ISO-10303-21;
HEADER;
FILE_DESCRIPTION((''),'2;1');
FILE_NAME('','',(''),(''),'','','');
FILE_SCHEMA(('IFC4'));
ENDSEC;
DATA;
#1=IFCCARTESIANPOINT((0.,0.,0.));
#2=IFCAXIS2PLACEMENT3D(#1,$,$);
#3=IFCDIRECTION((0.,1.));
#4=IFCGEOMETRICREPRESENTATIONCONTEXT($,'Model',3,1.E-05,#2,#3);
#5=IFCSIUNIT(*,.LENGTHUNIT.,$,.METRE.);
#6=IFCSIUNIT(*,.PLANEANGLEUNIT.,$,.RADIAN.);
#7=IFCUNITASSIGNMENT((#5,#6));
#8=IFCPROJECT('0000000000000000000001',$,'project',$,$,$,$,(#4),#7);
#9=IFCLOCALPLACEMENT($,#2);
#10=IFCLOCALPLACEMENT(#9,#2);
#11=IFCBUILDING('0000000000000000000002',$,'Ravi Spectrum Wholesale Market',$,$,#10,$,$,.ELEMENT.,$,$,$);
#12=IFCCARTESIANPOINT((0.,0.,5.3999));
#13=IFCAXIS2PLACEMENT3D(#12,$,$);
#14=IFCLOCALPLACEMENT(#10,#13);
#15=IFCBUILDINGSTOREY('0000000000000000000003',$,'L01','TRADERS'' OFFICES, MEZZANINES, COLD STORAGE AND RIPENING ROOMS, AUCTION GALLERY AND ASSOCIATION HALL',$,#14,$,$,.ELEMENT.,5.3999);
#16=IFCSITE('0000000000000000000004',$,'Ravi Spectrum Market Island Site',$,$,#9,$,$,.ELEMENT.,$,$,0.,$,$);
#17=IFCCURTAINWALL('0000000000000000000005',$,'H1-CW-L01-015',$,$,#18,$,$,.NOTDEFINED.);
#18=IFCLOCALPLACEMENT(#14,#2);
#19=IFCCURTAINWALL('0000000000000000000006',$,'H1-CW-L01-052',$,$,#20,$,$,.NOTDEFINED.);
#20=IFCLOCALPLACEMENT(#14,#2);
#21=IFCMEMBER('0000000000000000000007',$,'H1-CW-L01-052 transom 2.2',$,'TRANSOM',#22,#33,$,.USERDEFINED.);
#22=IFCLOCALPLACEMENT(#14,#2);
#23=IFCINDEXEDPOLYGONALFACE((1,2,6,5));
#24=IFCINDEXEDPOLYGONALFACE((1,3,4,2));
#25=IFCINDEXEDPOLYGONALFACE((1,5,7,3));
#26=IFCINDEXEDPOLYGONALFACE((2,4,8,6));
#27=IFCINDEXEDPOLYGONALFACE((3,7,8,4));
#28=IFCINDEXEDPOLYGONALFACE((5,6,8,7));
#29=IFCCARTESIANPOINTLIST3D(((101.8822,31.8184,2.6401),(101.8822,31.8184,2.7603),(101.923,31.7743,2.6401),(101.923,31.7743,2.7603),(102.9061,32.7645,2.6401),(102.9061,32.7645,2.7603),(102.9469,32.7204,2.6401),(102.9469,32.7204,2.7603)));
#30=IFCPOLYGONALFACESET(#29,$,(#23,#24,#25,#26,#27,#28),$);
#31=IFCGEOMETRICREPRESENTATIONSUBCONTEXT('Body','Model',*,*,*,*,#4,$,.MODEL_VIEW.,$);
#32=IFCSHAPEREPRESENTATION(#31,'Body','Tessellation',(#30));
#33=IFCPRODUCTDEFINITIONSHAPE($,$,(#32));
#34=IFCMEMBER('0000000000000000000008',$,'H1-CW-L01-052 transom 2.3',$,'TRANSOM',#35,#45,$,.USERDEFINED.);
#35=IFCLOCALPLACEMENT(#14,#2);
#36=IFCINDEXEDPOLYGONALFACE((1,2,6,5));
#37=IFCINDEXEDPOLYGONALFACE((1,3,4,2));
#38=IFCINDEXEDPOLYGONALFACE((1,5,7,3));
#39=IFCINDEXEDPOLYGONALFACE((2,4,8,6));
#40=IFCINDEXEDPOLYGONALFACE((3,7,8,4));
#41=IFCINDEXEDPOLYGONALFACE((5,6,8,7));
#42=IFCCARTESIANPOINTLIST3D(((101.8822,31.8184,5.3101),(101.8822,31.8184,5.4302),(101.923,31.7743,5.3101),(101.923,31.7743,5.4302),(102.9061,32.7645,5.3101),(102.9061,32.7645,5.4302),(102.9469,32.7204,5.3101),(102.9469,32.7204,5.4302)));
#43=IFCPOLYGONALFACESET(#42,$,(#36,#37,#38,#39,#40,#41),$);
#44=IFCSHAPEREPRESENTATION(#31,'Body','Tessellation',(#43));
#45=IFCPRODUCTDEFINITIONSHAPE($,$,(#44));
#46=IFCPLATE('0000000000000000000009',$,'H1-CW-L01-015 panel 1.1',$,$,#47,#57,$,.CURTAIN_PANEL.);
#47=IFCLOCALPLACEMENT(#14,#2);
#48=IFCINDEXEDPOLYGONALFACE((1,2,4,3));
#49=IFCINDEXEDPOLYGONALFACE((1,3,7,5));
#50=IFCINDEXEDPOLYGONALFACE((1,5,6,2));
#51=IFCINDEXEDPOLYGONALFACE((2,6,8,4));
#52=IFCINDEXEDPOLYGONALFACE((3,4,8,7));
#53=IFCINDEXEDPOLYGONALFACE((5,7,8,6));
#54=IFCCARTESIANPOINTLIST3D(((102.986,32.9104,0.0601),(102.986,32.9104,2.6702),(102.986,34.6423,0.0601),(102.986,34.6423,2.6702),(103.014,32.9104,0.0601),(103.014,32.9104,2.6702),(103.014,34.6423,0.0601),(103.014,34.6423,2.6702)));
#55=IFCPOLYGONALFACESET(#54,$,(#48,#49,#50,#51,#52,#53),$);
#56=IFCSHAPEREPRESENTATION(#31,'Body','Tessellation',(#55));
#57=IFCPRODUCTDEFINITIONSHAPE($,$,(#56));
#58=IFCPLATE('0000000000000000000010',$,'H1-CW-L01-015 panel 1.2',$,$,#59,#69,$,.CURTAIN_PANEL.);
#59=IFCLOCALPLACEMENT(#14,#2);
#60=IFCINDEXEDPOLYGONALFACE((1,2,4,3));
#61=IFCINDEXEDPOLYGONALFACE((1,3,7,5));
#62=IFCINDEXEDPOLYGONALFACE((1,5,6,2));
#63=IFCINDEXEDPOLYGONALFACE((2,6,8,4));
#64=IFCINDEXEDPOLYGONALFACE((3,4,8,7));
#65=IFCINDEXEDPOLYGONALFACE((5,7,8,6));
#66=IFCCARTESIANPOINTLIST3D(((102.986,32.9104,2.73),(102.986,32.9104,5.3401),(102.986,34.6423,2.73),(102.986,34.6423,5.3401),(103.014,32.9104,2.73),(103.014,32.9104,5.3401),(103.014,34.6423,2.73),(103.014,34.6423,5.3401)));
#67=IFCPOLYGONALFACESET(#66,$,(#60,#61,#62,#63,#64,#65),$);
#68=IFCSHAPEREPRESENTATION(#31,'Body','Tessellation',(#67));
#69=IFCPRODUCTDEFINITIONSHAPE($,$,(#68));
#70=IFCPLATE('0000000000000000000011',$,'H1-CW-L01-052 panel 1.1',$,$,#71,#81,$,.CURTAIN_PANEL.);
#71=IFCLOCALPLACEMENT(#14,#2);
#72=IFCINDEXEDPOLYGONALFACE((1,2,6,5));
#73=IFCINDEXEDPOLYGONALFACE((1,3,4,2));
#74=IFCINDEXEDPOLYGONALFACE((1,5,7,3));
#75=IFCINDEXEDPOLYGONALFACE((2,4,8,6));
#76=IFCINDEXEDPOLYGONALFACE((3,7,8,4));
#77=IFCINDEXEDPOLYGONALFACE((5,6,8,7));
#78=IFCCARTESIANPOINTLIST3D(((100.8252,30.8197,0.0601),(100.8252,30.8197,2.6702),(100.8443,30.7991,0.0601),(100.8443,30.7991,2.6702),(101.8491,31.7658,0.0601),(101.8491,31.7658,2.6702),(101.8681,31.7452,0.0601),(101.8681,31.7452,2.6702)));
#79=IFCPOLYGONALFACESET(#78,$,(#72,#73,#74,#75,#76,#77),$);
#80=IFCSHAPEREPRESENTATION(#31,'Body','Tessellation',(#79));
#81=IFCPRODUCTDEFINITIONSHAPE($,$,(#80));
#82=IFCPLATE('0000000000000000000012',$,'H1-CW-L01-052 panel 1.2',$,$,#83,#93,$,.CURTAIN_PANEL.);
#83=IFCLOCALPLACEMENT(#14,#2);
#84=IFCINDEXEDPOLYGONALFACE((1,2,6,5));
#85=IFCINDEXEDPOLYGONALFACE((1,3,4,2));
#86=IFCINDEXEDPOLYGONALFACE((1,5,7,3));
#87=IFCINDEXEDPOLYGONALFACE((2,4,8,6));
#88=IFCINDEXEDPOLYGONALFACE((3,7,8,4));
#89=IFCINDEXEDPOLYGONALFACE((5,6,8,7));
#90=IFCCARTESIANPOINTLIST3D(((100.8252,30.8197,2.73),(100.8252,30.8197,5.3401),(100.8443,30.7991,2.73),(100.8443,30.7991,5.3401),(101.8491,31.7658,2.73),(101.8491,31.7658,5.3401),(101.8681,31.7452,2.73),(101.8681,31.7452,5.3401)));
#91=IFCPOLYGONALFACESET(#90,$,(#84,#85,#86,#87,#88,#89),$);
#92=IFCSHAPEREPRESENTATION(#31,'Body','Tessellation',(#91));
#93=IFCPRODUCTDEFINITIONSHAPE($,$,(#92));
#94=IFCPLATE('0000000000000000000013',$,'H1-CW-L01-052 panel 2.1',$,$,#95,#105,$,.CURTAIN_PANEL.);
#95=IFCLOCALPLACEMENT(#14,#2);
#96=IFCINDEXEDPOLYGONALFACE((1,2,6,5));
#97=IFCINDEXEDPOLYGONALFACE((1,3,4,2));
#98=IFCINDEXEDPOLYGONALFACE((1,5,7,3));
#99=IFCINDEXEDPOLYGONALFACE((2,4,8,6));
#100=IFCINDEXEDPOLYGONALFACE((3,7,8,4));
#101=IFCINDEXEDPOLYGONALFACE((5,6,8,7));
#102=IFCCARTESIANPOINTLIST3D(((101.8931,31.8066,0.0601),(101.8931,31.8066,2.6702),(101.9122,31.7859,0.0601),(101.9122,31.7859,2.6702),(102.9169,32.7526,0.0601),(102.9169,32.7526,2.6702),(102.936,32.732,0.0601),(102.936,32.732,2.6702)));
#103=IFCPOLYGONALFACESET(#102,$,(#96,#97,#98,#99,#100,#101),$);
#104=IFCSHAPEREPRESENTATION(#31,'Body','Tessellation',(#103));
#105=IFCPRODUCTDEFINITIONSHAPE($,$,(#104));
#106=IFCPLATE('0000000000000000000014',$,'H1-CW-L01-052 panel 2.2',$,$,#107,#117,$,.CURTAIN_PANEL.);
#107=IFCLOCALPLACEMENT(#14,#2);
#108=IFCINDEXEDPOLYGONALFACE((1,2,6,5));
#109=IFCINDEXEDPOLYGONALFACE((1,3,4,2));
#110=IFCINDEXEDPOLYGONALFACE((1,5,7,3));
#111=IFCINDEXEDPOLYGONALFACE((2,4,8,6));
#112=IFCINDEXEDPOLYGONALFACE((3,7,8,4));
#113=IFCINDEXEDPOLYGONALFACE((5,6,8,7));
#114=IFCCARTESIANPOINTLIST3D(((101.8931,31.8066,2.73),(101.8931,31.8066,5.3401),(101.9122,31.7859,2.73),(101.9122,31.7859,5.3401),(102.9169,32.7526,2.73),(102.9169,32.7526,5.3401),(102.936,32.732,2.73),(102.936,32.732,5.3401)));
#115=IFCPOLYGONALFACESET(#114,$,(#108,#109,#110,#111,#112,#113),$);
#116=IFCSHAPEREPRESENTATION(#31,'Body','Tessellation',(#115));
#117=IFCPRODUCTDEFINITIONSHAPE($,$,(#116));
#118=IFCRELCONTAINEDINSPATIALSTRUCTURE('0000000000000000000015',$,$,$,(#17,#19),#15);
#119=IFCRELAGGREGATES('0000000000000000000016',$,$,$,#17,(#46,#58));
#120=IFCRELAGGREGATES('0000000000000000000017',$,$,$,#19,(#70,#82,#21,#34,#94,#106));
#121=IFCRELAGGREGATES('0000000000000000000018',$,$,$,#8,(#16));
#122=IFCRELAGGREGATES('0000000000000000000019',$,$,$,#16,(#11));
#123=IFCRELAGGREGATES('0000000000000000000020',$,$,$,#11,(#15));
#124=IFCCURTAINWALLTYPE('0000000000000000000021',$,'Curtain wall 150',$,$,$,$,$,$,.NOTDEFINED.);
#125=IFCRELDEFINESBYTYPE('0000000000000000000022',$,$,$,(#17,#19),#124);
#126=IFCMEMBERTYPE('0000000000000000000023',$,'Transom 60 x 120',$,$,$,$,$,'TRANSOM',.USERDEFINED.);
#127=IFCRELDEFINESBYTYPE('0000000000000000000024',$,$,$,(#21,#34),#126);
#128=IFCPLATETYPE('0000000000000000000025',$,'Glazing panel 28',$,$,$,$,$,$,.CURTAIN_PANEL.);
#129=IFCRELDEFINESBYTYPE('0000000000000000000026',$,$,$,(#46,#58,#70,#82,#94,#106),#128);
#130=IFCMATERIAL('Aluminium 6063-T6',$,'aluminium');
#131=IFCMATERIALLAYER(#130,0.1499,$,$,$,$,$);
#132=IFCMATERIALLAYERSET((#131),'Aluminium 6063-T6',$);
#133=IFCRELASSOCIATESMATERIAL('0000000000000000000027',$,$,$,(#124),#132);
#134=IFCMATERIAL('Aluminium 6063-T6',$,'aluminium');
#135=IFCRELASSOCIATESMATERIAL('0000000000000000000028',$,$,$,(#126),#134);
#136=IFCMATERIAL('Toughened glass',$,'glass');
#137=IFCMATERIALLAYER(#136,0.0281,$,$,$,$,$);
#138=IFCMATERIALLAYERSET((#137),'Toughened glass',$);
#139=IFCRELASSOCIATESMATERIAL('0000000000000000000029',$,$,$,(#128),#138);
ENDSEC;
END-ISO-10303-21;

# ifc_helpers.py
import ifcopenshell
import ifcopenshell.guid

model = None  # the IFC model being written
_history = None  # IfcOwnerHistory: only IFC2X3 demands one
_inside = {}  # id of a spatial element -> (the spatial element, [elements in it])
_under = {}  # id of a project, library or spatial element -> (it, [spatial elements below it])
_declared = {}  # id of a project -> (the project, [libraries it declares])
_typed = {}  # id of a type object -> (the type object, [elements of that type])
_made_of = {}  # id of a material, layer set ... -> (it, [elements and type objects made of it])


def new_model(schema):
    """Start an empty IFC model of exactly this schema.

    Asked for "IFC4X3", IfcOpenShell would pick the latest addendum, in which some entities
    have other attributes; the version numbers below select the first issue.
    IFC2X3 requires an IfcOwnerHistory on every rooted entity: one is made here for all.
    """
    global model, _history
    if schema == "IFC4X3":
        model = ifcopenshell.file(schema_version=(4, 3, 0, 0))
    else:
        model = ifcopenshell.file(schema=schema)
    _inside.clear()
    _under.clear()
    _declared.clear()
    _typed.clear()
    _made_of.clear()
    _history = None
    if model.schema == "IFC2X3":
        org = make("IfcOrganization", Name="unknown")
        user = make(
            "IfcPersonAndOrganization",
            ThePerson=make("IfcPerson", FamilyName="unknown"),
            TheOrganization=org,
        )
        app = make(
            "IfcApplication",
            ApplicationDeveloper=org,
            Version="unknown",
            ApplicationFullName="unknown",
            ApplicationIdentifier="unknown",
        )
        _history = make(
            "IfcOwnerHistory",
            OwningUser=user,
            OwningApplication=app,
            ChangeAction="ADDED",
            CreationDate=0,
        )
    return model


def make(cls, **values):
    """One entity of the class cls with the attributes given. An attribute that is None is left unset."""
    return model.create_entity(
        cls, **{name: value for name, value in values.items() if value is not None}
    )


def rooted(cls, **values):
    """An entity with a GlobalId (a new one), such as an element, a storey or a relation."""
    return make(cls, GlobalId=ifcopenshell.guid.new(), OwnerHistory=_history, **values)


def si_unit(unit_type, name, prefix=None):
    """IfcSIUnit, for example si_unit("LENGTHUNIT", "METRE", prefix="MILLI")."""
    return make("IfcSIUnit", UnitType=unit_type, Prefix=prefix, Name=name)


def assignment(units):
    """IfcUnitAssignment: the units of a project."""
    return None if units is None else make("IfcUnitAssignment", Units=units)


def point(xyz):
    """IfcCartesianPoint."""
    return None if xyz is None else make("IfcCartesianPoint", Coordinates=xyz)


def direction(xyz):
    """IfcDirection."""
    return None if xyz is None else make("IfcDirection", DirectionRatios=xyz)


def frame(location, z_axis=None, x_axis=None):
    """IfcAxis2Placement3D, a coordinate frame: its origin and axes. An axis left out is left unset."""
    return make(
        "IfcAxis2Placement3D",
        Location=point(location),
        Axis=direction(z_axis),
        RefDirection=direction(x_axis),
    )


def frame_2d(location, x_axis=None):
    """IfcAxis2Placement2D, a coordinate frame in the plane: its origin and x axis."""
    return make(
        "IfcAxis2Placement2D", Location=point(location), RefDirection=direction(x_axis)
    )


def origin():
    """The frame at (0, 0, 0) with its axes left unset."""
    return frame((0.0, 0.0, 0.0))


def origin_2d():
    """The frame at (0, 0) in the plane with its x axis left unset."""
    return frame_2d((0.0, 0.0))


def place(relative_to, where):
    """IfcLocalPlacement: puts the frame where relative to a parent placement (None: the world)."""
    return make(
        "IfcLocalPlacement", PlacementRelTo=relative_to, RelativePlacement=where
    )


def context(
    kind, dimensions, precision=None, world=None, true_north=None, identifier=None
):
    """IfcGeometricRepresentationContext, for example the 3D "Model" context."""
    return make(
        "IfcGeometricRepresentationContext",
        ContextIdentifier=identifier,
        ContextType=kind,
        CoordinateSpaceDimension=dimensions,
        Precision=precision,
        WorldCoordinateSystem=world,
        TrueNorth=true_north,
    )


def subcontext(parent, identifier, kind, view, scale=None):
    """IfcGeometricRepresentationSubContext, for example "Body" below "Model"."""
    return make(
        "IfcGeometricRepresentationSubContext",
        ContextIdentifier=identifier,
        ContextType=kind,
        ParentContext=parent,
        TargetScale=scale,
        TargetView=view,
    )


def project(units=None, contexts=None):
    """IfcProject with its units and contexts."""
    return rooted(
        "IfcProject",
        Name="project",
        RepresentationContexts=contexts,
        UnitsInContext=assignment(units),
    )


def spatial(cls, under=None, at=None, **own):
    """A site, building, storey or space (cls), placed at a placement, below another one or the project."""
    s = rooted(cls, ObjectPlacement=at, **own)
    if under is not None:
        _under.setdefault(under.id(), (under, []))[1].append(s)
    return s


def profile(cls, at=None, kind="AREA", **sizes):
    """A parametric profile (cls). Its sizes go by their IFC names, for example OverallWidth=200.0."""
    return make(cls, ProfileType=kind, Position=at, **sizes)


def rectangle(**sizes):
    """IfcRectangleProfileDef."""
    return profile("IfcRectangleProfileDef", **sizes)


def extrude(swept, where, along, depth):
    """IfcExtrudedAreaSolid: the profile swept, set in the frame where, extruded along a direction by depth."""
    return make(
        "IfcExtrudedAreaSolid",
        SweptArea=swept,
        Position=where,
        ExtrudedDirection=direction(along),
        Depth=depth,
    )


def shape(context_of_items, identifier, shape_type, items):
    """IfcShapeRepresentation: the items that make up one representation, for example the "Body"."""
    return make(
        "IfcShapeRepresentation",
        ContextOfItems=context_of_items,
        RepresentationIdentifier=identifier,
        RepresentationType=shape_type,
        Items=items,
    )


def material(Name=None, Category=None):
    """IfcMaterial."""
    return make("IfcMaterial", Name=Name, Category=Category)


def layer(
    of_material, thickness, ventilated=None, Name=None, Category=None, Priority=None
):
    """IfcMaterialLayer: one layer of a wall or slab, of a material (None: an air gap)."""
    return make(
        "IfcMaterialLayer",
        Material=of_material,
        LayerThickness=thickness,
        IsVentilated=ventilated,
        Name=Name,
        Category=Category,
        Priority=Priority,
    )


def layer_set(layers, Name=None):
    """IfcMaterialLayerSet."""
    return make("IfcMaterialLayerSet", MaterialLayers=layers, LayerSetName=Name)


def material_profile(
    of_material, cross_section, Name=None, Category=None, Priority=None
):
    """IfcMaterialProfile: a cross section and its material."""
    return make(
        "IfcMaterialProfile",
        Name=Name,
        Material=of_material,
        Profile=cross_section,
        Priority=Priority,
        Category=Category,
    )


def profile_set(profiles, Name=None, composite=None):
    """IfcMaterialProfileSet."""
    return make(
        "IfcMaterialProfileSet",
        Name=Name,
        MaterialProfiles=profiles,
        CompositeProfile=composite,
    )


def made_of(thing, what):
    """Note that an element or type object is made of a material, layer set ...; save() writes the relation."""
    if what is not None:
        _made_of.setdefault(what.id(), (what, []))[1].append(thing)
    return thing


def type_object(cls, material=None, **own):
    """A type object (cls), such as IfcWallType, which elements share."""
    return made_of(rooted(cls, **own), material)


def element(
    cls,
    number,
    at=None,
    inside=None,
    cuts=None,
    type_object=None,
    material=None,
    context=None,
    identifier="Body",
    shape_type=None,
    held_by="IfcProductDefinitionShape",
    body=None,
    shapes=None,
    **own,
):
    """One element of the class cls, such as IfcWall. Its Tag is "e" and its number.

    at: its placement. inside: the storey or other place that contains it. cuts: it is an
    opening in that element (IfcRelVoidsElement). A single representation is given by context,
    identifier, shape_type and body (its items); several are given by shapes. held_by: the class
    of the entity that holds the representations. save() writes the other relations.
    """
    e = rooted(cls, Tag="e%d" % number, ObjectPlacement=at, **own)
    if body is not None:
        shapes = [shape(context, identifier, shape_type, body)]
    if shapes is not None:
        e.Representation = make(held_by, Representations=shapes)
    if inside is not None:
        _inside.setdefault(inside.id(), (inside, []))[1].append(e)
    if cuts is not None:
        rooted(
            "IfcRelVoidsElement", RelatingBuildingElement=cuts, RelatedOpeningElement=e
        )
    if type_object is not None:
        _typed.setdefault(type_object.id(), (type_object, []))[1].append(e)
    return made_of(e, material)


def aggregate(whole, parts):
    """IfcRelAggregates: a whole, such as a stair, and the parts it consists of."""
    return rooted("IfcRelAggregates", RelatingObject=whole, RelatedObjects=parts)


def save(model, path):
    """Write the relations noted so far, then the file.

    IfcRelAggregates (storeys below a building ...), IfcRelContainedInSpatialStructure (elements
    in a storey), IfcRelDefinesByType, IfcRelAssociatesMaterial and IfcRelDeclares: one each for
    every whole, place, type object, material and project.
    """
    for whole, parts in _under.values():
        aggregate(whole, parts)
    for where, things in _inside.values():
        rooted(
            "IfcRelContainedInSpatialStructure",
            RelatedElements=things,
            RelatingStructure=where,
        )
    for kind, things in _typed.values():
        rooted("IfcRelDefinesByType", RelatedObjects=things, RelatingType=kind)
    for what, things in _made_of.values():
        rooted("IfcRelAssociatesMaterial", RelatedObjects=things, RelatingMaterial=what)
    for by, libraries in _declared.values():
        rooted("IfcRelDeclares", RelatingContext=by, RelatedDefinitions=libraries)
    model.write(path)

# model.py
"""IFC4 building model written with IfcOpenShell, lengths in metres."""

from ifc_helpers import new_model, si_unit, direction, frame, origin, origin_2d, place, context, subcontext, project, spatial, rectangle, extrude, material, layer, layer_set, material_profile, profile_set, type_object, element, aggregate, save


model = new_model("IFC4")

# Units and contexts
model_context = context("Model", 3, precision=1e-05, world=origin(), true_north=direction((0.0, 1.0)))
body_context = subcontext(model_context, "Body", "Model", "MODEL_VIEW")
ifc_project = project(units=[si_unit("LENGTHUNIT", "METRE"), si_unit("PLANEANGLEUNIT", "RADIAN")], contexts=[model_context])

# Site, building, storey
site_placement = place(None, origin())
site = spatial("IfcSite", under=ifc_project, at=site_placement, Name="Ravi Spectrum Market Island Site", CompositionType="ELEMENT", RefElevation=0.0)
building_placement = place(site_placement, origin())
building = spatial("IfcBuilding", under=site, at=building_placement, Name="Ravi Spectrum Wholesale Market", CompositionType="ELEMENT")
storey_placement = place(building_placement, frame((0.0, 0.0, 5.3999)))
storey = spatial("IfcBuildingStorey", under=building, at=storey_placement, Name="L01", Description="TRADERS' OFFICES, MEZZANINES, COLD STORAGE AND RIPENING ROOMS, AUCTION GALLERY AND ASSOCIATION HALL", CompositionType="ELEMENT", Elevation=5.3999)

# Curtain walls
ifc_material_1 = material(Name="Aluminium 6063-T6", Category="aluminium")
ifc_layer_1 = layer(ifc_material_1, 0.1499)
ifc_layer_set_1 = layer_set([ifc_layer_1], Name="Aluminium 6063-T6")
curtain_wall_type = type_object("IfcCurtainWallType", Name="Curtain wall 150", PredefinedType="NOTDEFINED", material=ifc_layer_set_1)
curtain_wall_1_placement = place(storey_placement, origin())
curtain_wall_1 = element("IfcCurtainWall", 1, at=curtain_wall_1_placement, inside=storey, type_object=curtain_wall_type, Name="H1-CW-L01-015", PredefinedType="NOTDEFINED")
curtain_wall_2_placement = place(storey_placement, origin())
curtain_wall_2 = element("IfcCurtainWall", 2, at=curtain_wall_2_placement, inside=storey, type_object=curtain_wall_type, Name="H1-CW-L01-052", PredefinedType="NOTDEFINED")

# Members
ifc_material_2 = material(Name="Aluminium 6063-T6", Category="aluminium")
ifc_material_profile_1 = material_profile(ifc_material_2, rectangle(XDim=0.0601, YDim=0.1201, at=origin_2d()))
ifc_profile_set_1 = profile_set([ifc_material_profile_1], Name="Aluminium 6063-T6")
member_type_1 = type_object("IfcMemberType", Name="Transom 60 x 120", ElementType="TRANSOM", PredefinedType="USERDEFINED", material=ifc_profile_set_1)
member_1_placement = place(storey_placement, frame((101.9026, 31.7964, 2.7002), z_axis=(0.734488, 0.678622, 0.0), x_axis=(-0.678622, 0.734488, 0.0)))
member_1 = element("IfcMember", 3, at=member_1_placement, type_object=member_type_1, Name="H1-CW-L01-052 transom 2.2", ObjectType="TRANSOM", PredefinedType="USERDEFINED", context=body_context, shape_type="SweptSolid", body=[
    extrude(rectangle(XDim=0.0601, YDim=0.1201, at=origin_2d()), origin(), (0.0, 0.0, 1.0), 1.394),
])
member_2_placement = place(storey_placement, frame((101.9026, 31.7964, 5.3701), z_axis=(0.734488, 0.678622, 0.0), x_axis=(-0.678622, 0.734488, 0.0)))
member_2 = element("IfcMember", 4, at=member_2_placement, type_object=member_type_1, Name="H1-CW-L01-052 transom 2.3", ObjectType="TRANSOM", PredefinedType="USERDEFINED", context=body_context, shape_type="SweptSolid", body=[
    extrude(rectangle(XDim=0.0601, YDim=0.1201, at=origin_2d()), origin(), (0.0, 0.0, 1.0), 1.394),
])

# Plates
ifc_material_3 = material(Name="Toughened glass", Category="glass")
ifc_layer_2 = layer(ifc_material_3, 0.0281)
ifc_layer_set_2 = layer_set([ifc_layer_2], Name="Toughened glass")
plate_type = type_object("IfcPlateType", Name="Glazing panel 28", PredefinedType="CURTAIN_PANEL", material=ifc_layer_set_2)
plate_1_placement = place(storey_placement, frame((103.0, 33.7764, 0.0601), z_axis=(0.0, 0.0, 1.0), x_axis=(0.0, 1.0, 0.0)))
plate_1 = element("IfcPlate", 5, at=plate_1_placement, type_object=plate_type, Name="H1-CW-L01-015 panel 1.1", PredefinedType="CURTAIN_PANEL", context=body_context, shape_type="SweptSolid", body=[
    extrude(rectangle(XDim=1.7319, YDim=0.0281, at=origin_2d()), origin(), (0.0, 0.0, 1.0), 2.6101),
])
plate_2_placement = place(storey_placement, frame((103.0, 33.7764, 2.73), z_axis=(0.0, 0.0, 1.0), x_axis=(0.0, 1.0, 0.0)))
plate_2 = element("IfcPlate", 6, at=plate_2_placement, type_object=plate_type, Name="H1-CW-L01-015 panel 1.2", PredefinedType="CURTAIN_PANEL", context=body_context, shape_type="SweptSolid", body=[
    extrude(rectangle(XDim=1.7319, YDim=0.0281, at=origin_2d()), origin(), (0.0, 0.0, 1.0), 2.6101),
])
aggregate(curtain_wall_1, [plate_1, plate_2])
plate_3_placement = place(storey_placement, frame((101.3467, 31.2825, 0.0601), z_axis=(0.0, 0.0, 1.0), x_axis=(0.734444, 0.678669, 0.0)))
plate_3 = element("IfcPlate", 7, at=plate_3_placement, type_object=plate_type, Name="H1-CW-L01-052 panel 1.1", PredefinedType="CURTAIN_PANEL", context=body_context, shape_type="SweptSolid", body=[
    extrude(rectangle(XDim=1.394, YDim=0.0281, at=origin_2d()), origin(), (0.0, 0.0, 1.0), 2.6101),
])
plate_4_placement = place(storey_placement, frame((101.3467, 31.2825, 2.73), z_axis=(0.0, 0.0, 1.0), x_axis=(0.734444, 0.678669, 0.0)))
plate_4 = element("IfcPlate", 8, at=plate_4_placement, type_object=plate_type, Name="H1-CW-L01-052 panel 1.2", PredefinedType="CURTAIN_PANEL", context=body_context, shape_type="SweptSolid", body=[
    extrude(rectangle(XDim=1.394, YDim=0.0281, at=origin_2d()), origin(), (0.0, 0.0, 1.0), 2.6101),
])
plate_5_placement = place(storey_placement, frame((102.4146, 32.2693, 0.0601), z_axis=(0.0, 0.0, 1.0), x_axis=(0.734444, 0.678669, 0.0)))
plate_5 = element("IfcPlate", 9, at=plate_5_placement, type_object=plate_type, Name="H1-CW-L01-052 panel 2.1", PredefinedType="CURTAIN_PANEL", context=body_context, shape_type="SweptSolid", body=[
    extrude(rectangle(XDim=1.394, YDim=0.0281, at=origin_2d()), origin(), (0.0, 0.0, 1.0), 2.6101),
])
plate_6_placement = place(storey_placement, frame((102.4146, 32.2693, 2.73), z_axis=(0.0, 0.0, 1.0), x_axis=(0.734444, 0.678669, 0.0)))
plate_6 = element("IfcPlate", 10, at=plate_6_placement, type_object=plate_type, Name="H1-CW-L01-052 panel 2.2", PredefinedType="CURTAIN_PANEL", context=body_context, shape_type="SweptSolid", body=[
    extrude(rectangle(XDim=1.394, YDim=0.0281, at=origin_2d()), origin(), (0.0, 0.0, 1.0), 2.6101),
])
aggregate(curtain_wall_2, [plate_3, plate_4, member_1, member_2, plate_5, plate_6])

save(model, "model.ifc")
